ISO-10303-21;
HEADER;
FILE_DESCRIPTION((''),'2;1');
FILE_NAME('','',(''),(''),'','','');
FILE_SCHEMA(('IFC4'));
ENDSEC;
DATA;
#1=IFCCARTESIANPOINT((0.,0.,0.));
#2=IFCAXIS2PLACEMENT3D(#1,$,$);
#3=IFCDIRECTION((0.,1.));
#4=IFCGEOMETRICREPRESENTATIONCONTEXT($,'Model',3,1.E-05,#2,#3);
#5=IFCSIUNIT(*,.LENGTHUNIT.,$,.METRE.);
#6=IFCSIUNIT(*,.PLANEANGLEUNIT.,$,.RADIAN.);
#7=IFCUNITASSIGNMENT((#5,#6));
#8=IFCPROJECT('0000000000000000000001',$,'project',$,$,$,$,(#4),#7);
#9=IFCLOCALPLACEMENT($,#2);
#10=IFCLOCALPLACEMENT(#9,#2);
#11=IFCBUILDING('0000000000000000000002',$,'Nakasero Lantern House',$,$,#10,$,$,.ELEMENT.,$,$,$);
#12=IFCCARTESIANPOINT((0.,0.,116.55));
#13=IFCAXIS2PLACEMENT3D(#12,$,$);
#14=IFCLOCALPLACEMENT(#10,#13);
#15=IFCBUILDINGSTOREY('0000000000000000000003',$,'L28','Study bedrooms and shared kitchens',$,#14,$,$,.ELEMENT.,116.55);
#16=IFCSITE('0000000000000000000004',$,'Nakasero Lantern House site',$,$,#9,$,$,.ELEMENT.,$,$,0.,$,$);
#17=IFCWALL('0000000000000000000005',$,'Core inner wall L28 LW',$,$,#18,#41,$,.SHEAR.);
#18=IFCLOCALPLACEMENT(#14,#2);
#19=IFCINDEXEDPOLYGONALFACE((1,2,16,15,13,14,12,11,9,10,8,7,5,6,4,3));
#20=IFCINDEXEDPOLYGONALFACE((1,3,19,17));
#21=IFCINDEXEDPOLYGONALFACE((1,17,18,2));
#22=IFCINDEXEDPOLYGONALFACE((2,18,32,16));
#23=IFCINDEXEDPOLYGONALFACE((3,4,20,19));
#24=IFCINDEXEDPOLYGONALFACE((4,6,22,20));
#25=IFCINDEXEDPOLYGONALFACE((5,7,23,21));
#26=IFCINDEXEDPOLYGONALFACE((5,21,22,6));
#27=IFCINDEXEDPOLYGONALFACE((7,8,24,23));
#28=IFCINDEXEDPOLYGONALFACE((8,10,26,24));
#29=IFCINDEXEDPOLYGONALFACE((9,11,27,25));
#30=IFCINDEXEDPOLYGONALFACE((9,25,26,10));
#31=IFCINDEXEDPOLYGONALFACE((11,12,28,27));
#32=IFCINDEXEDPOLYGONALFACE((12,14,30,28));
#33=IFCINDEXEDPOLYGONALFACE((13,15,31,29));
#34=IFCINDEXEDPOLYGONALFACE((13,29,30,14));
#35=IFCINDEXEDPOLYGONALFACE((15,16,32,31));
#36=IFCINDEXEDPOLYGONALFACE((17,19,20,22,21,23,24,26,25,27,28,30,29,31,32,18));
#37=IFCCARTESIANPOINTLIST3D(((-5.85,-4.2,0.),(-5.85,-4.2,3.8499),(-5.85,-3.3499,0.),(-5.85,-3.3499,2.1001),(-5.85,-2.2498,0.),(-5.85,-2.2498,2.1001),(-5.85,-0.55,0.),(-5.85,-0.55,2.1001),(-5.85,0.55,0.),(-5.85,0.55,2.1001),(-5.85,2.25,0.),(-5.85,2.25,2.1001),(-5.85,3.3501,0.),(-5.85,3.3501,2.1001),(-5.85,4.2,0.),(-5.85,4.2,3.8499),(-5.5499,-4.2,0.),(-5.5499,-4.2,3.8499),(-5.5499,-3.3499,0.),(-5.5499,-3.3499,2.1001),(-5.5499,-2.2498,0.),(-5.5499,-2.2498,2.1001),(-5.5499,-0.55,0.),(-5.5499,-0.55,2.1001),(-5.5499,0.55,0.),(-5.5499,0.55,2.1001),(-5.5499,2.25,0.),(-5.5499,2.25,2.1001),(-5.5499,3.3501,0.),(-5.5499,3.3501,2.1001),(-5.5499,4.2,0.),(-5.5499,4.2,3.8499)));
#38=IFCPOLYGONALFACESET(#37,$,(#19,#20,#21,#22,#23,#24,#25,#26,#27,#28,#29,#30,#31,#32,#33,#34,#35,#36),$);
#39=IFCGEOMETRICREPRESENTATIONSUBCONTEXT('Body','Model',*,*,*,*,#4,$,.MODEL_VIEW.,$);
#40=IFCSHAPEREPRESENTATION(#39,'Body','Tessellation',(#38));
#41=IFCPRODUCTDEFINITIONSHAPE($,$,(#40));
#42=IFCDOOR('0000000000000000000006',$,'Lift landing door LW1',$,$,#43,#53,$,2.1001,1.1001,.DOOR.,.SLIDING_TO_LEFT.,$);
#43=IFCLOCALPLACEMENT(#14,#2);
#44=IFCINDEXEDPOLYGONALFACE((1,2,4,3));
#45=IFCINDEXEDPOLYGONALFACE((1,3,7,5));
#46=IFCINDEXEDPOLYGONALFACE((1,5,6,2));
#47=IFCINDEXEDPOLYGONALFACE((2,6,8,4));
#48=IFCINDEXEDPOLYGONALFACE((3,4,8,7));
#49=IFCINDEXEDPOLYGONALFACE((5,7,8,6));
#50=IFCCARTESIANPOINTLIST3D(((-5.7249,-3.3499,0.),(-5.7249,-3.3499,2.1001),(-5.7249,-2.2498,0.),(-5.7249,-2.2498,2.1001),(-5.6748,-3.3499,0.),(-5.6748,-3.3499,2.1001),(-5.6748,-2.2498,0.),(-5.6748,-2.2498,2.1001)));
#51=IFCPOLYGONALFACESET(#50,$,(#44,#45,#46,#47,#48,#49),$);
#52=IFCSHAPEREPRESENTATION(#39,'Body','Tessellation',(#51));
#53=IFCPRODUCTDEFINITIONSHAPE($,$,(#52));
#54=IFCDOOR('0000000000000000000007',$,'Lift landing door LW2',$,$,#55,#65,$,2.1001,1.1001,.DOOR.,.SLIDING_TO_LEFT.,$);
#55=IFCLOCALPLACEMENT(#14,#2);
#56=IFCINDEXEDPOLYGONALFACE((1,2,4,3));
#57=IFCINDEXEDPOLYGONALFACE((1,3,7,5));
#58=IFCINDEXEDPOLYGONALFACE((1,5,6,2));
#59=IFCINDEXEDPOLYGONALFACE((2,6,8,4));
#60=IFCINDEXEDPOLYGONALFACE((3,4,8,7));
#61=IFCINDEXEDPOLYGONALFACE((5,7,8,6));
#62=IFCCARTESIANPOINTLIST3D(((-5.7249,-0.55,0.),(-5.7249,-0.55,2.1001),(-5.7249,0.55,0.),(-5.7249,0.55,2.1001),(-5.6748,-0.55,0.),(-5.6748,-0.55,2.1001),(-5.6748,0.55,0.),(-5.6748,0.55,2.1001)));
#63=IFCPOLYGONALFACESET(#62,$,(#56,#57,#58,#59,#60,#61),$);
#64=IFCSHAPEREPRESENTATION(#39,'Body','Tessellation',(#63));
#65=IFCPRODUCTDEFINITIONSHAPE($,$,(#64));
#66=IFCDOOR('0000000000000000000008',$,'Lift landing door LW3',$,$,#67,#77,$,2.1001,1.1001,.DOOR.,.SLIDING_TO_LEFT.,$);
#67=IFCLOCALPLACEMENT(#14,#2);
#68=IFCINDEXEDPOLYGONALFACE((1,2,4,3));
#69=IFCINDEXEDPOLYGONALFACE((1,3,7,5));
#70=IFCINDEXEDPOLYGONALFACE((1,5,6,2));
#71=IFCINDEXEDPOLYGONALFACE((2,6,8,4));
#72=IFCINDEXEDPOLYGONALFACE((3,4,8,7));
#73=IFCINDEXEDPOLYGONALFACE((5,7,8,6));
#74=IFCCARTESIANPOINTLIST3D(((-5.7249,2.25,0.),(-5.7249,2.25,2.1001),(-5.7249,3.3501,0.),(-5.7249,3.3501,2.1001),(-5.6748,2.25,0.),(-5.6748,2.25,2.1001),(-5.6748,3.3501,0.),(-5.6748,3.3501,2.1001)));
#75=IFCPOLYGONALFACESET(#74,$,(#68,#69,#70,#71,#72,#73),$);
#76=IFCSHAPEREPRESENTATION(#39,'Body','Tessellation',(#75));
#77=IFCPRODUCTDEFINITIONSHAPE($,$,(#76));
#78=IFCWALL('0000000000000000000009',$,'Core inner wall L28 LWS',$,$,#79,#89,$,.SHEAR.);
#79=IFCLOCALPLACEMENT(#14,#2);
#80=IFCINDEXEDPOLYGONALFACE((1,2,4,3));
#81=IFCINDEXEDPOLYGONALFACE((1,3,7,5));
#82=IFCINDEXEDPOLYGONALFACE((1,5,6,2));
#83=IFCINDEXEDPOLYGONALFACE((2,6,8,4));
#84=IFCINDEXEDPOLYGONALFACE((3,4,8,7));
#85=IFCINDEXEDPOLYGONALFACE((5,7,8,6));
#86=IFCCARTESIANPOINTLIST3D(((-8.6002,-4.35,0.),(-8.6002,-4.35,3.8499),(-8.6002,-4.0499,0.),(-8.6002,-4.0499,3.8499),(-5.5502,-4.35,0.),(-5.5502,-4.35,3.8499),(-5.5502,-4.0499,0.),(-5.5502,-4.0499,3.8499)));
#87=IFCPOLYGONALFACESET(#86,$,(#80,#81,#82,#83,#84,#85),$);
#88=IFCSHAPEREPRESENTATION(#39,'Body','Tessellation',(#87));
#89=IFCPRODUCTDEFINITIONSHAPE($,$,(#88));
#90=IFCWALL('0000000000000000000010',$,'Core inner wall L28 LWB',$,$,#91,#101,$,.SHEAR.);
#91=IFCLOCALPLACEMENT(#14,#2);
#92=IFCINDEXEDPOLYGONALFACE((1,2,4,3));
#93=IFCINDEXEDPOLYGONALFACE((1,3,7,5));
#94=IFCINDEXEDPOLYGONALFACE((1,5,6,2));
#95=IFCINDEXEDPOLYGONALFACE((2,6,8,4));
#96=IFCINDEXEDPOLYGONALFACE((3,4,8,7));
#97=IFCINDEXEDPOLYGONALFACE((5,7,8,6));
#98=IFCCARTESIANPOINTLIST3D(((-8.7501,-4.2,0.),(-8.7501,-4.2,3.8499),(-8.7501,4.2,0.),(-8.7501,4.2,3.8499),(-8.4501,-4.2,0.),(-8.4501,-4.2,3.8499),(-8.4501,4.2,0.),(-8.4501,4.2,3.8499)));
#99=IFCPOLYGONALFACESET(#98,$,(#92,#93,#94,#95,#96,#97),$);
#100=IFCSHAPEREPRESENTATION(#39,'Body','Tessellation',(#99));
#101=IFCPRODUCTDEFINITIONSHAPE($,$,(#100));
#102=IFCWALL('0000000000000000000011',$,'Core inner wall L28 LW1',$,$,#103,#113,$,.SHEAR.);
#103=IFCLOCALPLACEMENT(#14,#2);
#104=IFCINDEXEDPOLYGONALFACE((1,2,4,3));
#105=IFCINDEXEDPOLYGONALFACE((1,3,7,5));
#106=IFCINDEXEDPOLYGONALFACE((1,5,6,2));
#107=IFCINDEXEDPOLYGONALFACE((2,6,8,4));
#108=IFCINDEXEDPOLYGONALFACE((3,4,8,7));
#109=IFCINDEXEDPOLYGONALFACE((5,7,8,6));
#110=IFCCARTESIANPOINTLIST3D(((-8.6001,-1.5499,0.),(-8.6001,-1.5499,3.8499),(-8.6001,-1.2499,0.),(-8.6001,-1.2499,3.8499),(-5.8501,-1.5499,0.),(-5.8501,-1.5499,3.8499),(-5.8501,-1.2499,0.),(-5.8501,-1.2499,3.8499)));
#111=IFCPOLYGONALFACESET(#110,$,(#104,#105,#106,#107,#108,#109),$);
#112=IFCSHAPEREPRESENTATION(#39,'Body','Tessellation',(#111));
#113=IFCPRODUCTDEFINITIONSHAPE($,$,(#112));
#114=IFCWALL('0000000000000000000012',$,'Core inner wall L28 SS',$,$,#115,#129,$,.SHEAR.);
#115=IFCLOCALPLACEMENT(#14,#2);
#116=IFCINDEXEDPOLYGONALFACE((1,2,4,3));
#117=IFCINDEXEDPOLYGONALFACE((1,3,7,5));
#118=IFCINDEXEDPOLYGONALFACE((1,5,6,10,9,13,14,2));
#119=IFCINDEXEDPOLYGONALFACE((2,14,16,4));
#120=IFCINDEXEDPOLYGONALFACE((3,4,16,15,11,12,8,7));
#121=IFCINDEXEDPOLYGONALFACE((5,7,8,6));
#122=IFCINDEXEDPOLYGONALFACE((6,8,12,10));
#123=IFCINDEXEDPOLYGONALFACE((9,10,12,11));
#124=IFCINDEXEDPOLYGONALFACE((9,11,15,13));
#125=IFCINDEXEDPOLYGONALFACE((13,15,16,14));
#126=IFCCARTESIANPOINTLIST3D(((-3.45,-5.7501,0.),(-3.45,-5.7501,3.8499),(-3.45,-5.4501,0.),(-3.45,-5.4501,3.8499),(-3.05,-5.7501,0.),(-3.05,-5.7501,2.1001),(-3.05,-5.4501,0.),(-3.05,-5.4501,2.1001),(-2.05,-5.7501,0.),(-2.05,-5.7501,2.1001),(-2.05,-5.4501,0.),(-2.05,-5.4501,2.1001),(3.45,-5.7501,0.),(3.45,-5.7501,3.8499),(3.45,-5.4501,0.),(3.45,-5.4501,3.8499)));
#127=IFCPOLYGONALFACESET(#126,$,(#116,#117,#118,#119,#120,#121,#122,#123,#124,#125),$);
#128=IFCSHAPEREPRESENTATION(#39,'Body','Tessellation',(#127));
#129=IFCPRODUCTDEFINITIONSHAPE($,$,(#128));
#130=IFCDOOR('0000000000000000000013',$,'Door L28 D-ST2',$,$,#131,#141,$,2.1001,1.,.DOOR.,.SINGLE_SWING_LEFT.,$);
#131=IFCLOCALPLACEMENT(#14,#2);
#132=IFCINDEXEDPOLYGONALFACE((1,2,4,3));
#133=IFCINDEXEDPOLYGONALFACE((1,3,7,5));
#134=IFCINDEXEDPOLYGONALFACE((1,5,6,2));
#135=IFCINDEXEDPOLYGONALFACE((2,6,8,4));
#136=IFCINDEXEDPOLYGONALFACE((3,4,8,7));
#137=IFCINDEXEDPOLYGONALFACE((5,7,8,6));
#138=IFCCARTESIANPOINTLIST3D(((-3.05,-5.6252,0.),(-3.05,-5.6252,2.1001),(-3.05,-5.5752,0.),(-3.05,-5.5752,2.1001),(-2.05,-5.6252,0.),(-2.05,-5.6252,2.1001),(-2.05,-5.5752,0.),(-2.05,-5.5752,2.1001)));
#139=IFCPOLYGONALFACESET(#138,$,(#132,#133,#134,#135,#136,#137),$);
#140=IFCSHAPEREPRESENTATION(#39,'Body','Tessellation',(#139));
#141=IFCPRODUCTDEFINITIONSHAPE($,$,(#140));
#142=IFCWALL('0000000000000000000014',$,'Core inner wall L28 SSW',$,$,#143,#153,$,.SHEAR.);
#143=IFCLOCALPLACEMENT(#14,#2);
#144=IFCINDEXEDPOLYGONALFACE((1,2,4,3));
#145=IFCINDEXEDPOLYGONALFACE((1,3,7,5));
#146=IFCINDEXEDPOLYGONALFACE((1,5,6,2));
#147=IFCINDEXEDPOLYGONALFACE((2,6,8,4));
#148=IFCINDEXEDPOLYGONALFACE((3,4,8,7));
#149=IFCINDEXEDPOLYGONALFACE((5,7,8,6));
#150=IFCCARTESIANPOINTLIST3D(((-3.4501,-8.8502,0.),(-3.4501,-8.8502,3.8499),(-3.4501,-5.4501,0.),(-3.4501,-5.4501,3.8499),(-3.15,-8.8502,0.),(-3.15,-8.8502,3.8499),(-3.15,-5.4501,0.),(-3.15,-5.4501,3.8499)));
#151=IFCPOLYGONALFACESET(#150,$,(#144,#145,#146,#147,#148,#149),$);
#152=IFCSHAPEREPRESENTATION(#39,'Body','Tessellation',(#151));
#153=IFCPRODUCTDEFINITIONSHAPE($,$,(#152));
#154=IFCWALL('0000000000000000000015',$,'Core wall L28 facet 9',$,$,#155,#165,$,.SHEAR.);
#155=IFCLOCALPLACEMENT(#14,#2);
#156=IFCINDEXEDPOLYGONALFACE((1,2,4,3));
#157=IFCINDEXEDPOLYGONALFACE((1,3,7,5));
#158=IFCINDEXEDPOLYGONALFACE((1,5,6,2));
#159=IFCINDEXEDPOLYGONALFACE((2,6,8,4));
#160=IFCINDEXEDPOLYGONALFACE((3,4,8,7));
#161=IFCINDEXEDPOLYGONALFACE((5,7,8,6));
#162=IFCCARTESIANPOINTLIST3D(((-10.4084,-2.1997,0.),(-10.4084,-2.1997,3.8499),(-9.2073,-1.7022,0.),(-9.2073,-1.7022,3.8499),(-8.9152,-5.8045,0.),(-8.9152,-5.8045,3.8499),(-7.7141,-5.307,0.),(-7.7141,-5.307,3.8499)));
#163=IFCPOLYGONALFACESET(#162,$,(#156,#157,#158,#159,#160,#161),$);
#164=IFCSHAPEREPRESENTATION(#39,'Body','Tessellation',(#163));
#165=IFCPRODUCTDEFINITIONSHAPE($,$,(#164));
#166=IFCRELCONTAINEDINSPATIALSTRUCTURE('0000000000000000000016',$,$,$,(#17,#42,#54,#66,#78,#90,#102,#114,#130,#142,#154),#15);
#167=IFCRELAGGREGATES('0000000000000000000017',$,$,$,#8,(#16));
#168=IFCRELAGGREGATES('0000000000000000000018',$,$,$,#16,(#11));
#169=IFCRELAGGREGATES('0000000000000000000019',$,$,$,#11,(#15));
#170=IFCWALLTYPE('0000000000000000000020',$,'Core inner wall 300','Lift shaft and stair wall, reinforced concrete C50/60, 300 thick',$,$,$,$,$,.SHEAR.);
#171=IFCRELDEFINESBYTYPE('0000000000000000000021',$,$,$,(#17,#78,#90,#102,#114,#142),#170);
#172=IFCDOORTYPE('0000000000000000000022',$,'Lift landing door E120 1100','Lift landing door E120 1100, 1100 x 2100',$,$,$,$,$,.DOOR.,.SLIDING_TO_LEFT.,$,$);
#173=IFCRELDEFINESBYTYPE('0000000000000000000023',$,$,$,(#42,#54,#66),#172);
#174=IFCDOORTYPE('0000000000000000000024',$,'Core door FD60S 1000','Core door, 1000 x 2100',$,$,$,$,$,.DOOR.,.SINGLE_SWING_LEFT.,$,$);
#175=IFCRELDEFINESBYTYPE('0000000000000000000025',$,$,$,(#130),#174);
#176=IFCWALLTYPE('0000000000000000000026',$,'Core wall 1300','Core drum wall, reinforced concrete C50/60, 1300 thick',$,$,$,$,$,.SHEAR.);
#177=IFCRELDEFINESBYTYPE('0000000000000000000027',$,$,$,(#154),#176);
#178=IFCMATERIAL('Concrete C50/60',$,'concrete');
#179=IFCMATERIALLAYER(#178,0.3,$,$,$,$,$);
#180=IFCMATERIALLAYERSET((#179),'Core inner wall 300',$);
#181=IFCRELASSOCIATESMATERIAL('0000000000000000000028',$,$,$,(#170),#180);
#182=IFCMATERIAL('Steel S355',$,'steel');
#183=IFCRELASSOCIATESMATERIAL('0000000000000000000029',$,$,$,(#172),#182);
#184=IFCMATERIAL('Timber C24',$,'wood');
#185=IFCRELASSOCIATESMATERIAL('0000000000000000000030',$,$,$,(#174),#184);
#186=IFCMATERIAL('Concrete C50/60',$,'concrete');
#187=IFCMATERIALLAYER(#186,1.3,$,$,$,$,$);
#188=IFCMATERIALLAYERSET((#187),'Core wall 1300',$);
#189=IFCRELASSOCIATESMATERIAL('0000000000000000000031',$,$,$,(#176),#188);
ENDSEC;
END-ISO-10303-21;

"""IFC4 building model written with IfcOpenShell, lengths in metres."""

from ifc_helpers import new_model, si_unit, direction, frame, frame_2d, origin, place, context, subcontext, project, spatial, rectangle, extrude, material, layer, layer_set, type_object, element, fill, save


model = new_model("IFC4")

# Units and contexts
model_context = context("Model", 3, precision=1e-05, world=origin(), true_north=direction((0.0, 1.0)))
body_context = subcontext(model_context, "Body", "Model", "MODEL_VIEW")
ifc_project = project(units=[si_unit("LENGTHUNIT", "METRE"), si_unit("PLANEANGLEUNIT", "RADIAN")], contexts=[model_context])

# Site, building, storey
site_placement = place(None, origin())
site = spatial("IfcSite", under=ifc_project, at=site_placement, Name="Nakasero Lantern House site", CompositionType="ELEMENT", RefElevation=0.0)
building_placement = place(site_placement, origin())
building = spatial("IfcBuilding", under=site, at=building_placement, Name="Nakasero Lantern House", CompositionType="ELEMENT")
storey_placement = place(building_placement, frame((0.0, 0.0, 116.55)))
storey = spatial("IfcBuildingStorey", under=building, at=storey_placement, Name="L28", Description="Study bedrooms and shared kitchens", CompositionType="ELEMENT", Elevation=116.55)

# Wall, openings, doors
ifc_material_1 = material(Name="Concrete C50/60", Category="concrete")
ifc_layer_1 = layer(ifc_material_1, 0.3)
ifc_layer_set_1 = layer_set([ifc_layer_1], Name="Core inner wall 300")
wall_type_1 = type_object("IfcWallType", Name="Core inner wall 300", Description="Lift shaft and stair wall, reinforced concrete C50/60, 300 thick", PredefinedType="SHEAR", material=ifc_layer_set_1)
wall_1_placement = place(storey_placement, frame((-5.7, -4.2, 0.0), z_axis=(0.0, 0.0, 1.0), x_axis=(0.0, 1.0, 0.0)))
wall_1 = element("IfcWall", 1, at=wall_1_placement, inside=storey, type_object=wall_type_1, Name="Core inner wall L28 LW", PredefinedType="SHEAR", context=body_context, shape_type="SweptSolid", body=[
    extrude(rectangle(XDim=8.3999, YDim=0.3, at=frame_2d((4.2, 0.0))), origin(), (0.0, 0.0, 1.0), 3.8499),
])
opening_1_placement = place(wall_1_placement, frame((0.8501, 0.0, 0.0)))
opening_1 = element("IfcOpeningElement", 2, at=opening_1_placement, cuts=wall_1, PredefinedType="OPENING", context=body_context, shape_type="SweptSolid", body=[
    extrude(rectangle(XDim=1.1001, YDim=2.1001, at=frame_2d((0.55, 1.05))), frame((0.0, 0.1699, 0.0), z_axis=(0.0, -1.0, 0.0), x_axis=(1.0, 0.0, 0.0)), (0.0, 0.0, 1.0), 0.3401),
])
opening_2_placement = place(wall_1_placement, frame((3.6499, 0.0, 0.0)))
opening_2 = element("IfcOpeningElement", 3, at=opening_2_placement, cuts=wall_1, PredefinedType="OPENING", context=body_context, shape_type="SweptSolid", body=[
    extrude(rectangle(XDim=1.1001, YDim=2.1001, at=frame_2d((0.55, 1.05))), frame((0.0, 0.1699, 0.0), z_axis=(0.0, -1.0, 0.0), x_axis=(1.0, 0.0, 0.0)), (0.0, 0.0, 1.0), 0.3401),
])
opening_3_placement = place(wall_1_placement, frame((6.45, 0.0, 0.0)))
opening_3 = element("IfcOpeningElement", 4, at=opening_3_placement, cuts=wall_1, PredefinedType="OPENING", context=body_context, shape_type="SweptSolid", body=[
    extrude(rectangle(XDim=1.1001, YDim=2.1001, at=frame_2d((0.55, 1.05))), frame((0.0, 0.1699, 0.0), z_axis=(0.0, -1.0, 0.0), x_axis=(1.0, 0.0, 0.0)), (0.0, 0.0, 1.0), 0.3401),
])
ifc_material_2 = material(Name="Steel S355", Category="steel")
door_type_1 = type_object("IfcDoorType", Name="Lift landing door E120 1100", Description="Lift landing door E120 1100, 1100 x 2100", OperationType="SLIDING_TO_LEFT", PredefinedType="DOOR", material=ifc_material_2)
door_1_placement = place(opening_1_placement, origin())
door_1 = element("IfcDoor", 5, at=door_1_placement, inside=storey, type_object=door_type_1, Name="Lift landing door LW1", OperationType="SLIDING_TO_LEFT", OverallHeight=2.1001, OverallWidth=1.1001, PredefinedType="DOOR", context=body_context, shape_type="SweptSolid", body=[
    extrude(rectangle(XDim=1.1001, YDim=2.1001, at=frame_2d((0.55, 1.05))), frame((0.0, 0.0249, 0.0), z_axis=(0.0, -1.0, 0.0), x_axis=(1.0, 0.0, 0.0)), (0.0, 0.0, 1.0), 0.05),
])
fill(opening_1, door_1)
door_2_placement = place(opening_2_placement, origin())
door_2 = element("IfcDoor", 6, at=door_2_placement, inside=storey, type_object=door_type_1, Name="Lift landing door LW2", OperationType="SLIDING_TO_LEFT", OverallHeight=2.1001, OverallWidth=1.1001, PredefinedType="DOOR", context=body_context, shape_type="SweptSolid", body=[
    extrude(rectangle(XDim=1.1001, YDim=2.1001, at=frame_2d((0.55, 1.05))), frame((0.0, 0.0249, 0.0), z_axis=(0.0, -1.0, 0.0), x_axis=(1.0, 0.0, 0.0)), (0.0, 0.0, 1.0), 0.05),
])
fill(opening_2, door_2)
door_3_placement = place(opening_3_placement, origin())
door_3 = element("IfcDoor", 7, at=door_3_placement, inside=storey, type_object=door_type_1, Name="Lift landing door LW3", OperationType="SLIDING_TO_LEFT", OverallHeight=2.1001, OverallWidth=1.1001, PredefinedType="DOOR", context=body_context, shape_type="SweptSolid", body=[
    extrude(rectangle(XDim=1.1001, YDim=2.1001, at=frame_2d((0.55, 1.05))), frame((0.0, 0.0249, 0.0), z_axis=(0.0, -1.0, 0.0), x_axis=(1.0, 0.0, 0.0)), (0.0, 0.0, 1.0), 0.05),
])
fill(opening_3, door_3)

# Walls
wall_2_placement = place(storey_placement, frame((-8.6001, -4.2, 0.0), z_axis=(0.0, 0.0, 1.0), x_axis=(1.0, 0.0, 0.0)))
element("IfcWall", 8, at=wall_2_placement, inside=storey, type_object=wall_type_1, Name="Core inner wall L28 LWS", PredefinedType="SHEAR", context=body_context, shape_type="SweptSolid", body=[
    extrude(rectangle(XDim=3.05, YDim=0.3, at=frame_2d((1.5249, 0.0))), origin(), (0.0, 0.0, 1.0), 3.8499),
])
wall_3_placement = place(storey_placement, frame((-8.6001, -4.2, 0.0), z_axis=(0.0, 0.0, 1.0), x_axis=(0.0, 1.0, 0.0)))
element("IfcWall", 9, at=wall_3_placement, inside=storey, type_object=wall_type_1, Name="Core inner wall L28 LWB", PredefinedType="SHEAR", context=body_context, shape_type="SweptSolid", body=[
    extrude(rectangle(XDim=8.3999, YDim=0.3, at=frame_2d((4.2, 0.0))), origin(), (0.0, 0.0, 1.0), 3.8499),
])
wall_4_placement = place(storey_placement, frame((-8.6001, -1.3999, 0.0), z_axis=(0.0, 0.0, 1.0), x_axis=(1.0, 0.0, 0.0)))
element("IfcWall", 10, at=wall_4_placement, inside=storey, type_object=wall_type_1, Name="Core inner wall L28 LW1", PredefinedType="SHEAR", context=body_context, shape_type="SweptSolid", body=[
    extrude(rectangle(XDim=2.75, YDim=0.3, at=frame_2d((1.375, 0.0))), origin(), (0.0, 0.0, 1.0), 3.8499),
])

# Wall, opening, door
wall_5_placement = place(storey_placement, frame((-3.45, -5.6001, 0.0), z_axis=(0.0, 0.0, 1.0), x_axis=(1.0, 0.0, 0.0)))
wall_5 = element("IfcWall", 11, at=wall_5_placement, inside=storey, type_object=wall_type_1, Name="Core inner wall L28 SS", PredefinedType="SHEAR", context=body_context, shape_type="SweptSolid", body=[
    extrude(rectangle(XDim=6.8999, YDim=0.3, at=frame_2d((3.45, 0.0))), origin(), (0.0, 0.0, 1.0), 3.8499),
])
opening_4_placement = place(wall_5_placement, frame((0.3999, 0.0, 0.0)))
opening_4 = element("IfcOpeningElement", 12, at=opening_4_placement, cuts=wall_5, PredefinedType="OPENING", context=body_context, shape_type="SweptSolid", body=[
    extrude(rectangle(XDim=1.0, YDim=2.1001, at=frame_2d((0.5, 1.05))), frame((0.0, 0.1699, 0.0), z_axis=(0.0, -1.0, 0.0), x_axis=(1.0, 0.0, 0.0)), (0.0, 0.0, 1.0), 0.3401),
])
ifc_material_3 = material(Name="Timber C24", Category="wood")
door_type_2 = type_object("IfcDoorType", Name="Core door FD60S 1000", Description="Core door, 1000 x 2100", OperationType="SINGLE_SWING_LEFT", PredefinedType="DOOR", material=ifc_material_3)
door_4_placement = place(opening_4_placement, origin())
door_4 = element("IfcDoor", 13, at=door_4_placement, inside=storey, type_object=door_type_2, Name="Door L28 D-ST2", OperationType="SINGLE_SWING_LEFT", OverallHeight=2.1001, OverallWidth=1.0, PredefinedType="DOOR", context=body_context, shape_type="SweptSolid", body=[
    extrude(rectangle(XDim=1.0, YDim=2.1001, at=frame_2d((0.5, 1.05))), frame((0.0, 0.0249, 0.0), z_axis=(0.0, -1.0, 0.0), x_axis=(1.0, 0.0, 0.0)), (0.0, 0.0, 1.0), 0.05),
])
fill(opening_4, door_4)

# Walls
wall_6_placement = place(storey_placement, frame((-3.3, -5.45, 0.0), z_axis=(0.0, 0.0, 1.0), x_axis=(0.0, -1.0, 0.0)))
element("IfcWall", 14, at=wall_6_placement, inside=storey, type_object=wall_type_1, Name="Core inner wall L28 SSW", PredefinedType="SHEAR", context=body_context, shape_type="SweptSolid", body=[
    extrude(rectangle(XDim=3.4001, YDim=0.3, at=frame_2d((1.7002, 0.0))), origin(), (0.0, 0.0, 1.0), 3.8499),
])
ifc_material_4 = material(Name="Concrete C50/60", Category="concrete")
ifc_layer_2 = layer(ifc_material_4, 1.3)
ifc_layer_set_2 = layer_set([ifc_layer_2], Name="Core wall 1300")
wall_type_2 = type_object("IfcWallType", Name="Core wall 1300", Description="Core drum wall, reinforced concrete C50/60, 1300 thick", PredefinedType="SHEAR", material=ifc_layer_set_2)
wall_7_placement = place(storey_placement, frame((-9.8079, -1.9509, 0.0), z_axis=(0.0, 0.0, 1.0), x_axis=(0.382691, -0.923877, 0.0)))
element("IfcWall", 15, at=wall_7_placement, inside=storey, type_object=wall_type_2, Name="Core wall L28 facet 9", PredefinedType="SHEAR", context=body_context, shape_type="SweptSolid", body=[
    extrude(rectangle(XDim=3.9019, YDim=1.3, at=frame_2d((1.9509, 0.0))), origin(), (0.0, 0.0, 1.0), 3.8499),
])

save(model, "model.ifc")
